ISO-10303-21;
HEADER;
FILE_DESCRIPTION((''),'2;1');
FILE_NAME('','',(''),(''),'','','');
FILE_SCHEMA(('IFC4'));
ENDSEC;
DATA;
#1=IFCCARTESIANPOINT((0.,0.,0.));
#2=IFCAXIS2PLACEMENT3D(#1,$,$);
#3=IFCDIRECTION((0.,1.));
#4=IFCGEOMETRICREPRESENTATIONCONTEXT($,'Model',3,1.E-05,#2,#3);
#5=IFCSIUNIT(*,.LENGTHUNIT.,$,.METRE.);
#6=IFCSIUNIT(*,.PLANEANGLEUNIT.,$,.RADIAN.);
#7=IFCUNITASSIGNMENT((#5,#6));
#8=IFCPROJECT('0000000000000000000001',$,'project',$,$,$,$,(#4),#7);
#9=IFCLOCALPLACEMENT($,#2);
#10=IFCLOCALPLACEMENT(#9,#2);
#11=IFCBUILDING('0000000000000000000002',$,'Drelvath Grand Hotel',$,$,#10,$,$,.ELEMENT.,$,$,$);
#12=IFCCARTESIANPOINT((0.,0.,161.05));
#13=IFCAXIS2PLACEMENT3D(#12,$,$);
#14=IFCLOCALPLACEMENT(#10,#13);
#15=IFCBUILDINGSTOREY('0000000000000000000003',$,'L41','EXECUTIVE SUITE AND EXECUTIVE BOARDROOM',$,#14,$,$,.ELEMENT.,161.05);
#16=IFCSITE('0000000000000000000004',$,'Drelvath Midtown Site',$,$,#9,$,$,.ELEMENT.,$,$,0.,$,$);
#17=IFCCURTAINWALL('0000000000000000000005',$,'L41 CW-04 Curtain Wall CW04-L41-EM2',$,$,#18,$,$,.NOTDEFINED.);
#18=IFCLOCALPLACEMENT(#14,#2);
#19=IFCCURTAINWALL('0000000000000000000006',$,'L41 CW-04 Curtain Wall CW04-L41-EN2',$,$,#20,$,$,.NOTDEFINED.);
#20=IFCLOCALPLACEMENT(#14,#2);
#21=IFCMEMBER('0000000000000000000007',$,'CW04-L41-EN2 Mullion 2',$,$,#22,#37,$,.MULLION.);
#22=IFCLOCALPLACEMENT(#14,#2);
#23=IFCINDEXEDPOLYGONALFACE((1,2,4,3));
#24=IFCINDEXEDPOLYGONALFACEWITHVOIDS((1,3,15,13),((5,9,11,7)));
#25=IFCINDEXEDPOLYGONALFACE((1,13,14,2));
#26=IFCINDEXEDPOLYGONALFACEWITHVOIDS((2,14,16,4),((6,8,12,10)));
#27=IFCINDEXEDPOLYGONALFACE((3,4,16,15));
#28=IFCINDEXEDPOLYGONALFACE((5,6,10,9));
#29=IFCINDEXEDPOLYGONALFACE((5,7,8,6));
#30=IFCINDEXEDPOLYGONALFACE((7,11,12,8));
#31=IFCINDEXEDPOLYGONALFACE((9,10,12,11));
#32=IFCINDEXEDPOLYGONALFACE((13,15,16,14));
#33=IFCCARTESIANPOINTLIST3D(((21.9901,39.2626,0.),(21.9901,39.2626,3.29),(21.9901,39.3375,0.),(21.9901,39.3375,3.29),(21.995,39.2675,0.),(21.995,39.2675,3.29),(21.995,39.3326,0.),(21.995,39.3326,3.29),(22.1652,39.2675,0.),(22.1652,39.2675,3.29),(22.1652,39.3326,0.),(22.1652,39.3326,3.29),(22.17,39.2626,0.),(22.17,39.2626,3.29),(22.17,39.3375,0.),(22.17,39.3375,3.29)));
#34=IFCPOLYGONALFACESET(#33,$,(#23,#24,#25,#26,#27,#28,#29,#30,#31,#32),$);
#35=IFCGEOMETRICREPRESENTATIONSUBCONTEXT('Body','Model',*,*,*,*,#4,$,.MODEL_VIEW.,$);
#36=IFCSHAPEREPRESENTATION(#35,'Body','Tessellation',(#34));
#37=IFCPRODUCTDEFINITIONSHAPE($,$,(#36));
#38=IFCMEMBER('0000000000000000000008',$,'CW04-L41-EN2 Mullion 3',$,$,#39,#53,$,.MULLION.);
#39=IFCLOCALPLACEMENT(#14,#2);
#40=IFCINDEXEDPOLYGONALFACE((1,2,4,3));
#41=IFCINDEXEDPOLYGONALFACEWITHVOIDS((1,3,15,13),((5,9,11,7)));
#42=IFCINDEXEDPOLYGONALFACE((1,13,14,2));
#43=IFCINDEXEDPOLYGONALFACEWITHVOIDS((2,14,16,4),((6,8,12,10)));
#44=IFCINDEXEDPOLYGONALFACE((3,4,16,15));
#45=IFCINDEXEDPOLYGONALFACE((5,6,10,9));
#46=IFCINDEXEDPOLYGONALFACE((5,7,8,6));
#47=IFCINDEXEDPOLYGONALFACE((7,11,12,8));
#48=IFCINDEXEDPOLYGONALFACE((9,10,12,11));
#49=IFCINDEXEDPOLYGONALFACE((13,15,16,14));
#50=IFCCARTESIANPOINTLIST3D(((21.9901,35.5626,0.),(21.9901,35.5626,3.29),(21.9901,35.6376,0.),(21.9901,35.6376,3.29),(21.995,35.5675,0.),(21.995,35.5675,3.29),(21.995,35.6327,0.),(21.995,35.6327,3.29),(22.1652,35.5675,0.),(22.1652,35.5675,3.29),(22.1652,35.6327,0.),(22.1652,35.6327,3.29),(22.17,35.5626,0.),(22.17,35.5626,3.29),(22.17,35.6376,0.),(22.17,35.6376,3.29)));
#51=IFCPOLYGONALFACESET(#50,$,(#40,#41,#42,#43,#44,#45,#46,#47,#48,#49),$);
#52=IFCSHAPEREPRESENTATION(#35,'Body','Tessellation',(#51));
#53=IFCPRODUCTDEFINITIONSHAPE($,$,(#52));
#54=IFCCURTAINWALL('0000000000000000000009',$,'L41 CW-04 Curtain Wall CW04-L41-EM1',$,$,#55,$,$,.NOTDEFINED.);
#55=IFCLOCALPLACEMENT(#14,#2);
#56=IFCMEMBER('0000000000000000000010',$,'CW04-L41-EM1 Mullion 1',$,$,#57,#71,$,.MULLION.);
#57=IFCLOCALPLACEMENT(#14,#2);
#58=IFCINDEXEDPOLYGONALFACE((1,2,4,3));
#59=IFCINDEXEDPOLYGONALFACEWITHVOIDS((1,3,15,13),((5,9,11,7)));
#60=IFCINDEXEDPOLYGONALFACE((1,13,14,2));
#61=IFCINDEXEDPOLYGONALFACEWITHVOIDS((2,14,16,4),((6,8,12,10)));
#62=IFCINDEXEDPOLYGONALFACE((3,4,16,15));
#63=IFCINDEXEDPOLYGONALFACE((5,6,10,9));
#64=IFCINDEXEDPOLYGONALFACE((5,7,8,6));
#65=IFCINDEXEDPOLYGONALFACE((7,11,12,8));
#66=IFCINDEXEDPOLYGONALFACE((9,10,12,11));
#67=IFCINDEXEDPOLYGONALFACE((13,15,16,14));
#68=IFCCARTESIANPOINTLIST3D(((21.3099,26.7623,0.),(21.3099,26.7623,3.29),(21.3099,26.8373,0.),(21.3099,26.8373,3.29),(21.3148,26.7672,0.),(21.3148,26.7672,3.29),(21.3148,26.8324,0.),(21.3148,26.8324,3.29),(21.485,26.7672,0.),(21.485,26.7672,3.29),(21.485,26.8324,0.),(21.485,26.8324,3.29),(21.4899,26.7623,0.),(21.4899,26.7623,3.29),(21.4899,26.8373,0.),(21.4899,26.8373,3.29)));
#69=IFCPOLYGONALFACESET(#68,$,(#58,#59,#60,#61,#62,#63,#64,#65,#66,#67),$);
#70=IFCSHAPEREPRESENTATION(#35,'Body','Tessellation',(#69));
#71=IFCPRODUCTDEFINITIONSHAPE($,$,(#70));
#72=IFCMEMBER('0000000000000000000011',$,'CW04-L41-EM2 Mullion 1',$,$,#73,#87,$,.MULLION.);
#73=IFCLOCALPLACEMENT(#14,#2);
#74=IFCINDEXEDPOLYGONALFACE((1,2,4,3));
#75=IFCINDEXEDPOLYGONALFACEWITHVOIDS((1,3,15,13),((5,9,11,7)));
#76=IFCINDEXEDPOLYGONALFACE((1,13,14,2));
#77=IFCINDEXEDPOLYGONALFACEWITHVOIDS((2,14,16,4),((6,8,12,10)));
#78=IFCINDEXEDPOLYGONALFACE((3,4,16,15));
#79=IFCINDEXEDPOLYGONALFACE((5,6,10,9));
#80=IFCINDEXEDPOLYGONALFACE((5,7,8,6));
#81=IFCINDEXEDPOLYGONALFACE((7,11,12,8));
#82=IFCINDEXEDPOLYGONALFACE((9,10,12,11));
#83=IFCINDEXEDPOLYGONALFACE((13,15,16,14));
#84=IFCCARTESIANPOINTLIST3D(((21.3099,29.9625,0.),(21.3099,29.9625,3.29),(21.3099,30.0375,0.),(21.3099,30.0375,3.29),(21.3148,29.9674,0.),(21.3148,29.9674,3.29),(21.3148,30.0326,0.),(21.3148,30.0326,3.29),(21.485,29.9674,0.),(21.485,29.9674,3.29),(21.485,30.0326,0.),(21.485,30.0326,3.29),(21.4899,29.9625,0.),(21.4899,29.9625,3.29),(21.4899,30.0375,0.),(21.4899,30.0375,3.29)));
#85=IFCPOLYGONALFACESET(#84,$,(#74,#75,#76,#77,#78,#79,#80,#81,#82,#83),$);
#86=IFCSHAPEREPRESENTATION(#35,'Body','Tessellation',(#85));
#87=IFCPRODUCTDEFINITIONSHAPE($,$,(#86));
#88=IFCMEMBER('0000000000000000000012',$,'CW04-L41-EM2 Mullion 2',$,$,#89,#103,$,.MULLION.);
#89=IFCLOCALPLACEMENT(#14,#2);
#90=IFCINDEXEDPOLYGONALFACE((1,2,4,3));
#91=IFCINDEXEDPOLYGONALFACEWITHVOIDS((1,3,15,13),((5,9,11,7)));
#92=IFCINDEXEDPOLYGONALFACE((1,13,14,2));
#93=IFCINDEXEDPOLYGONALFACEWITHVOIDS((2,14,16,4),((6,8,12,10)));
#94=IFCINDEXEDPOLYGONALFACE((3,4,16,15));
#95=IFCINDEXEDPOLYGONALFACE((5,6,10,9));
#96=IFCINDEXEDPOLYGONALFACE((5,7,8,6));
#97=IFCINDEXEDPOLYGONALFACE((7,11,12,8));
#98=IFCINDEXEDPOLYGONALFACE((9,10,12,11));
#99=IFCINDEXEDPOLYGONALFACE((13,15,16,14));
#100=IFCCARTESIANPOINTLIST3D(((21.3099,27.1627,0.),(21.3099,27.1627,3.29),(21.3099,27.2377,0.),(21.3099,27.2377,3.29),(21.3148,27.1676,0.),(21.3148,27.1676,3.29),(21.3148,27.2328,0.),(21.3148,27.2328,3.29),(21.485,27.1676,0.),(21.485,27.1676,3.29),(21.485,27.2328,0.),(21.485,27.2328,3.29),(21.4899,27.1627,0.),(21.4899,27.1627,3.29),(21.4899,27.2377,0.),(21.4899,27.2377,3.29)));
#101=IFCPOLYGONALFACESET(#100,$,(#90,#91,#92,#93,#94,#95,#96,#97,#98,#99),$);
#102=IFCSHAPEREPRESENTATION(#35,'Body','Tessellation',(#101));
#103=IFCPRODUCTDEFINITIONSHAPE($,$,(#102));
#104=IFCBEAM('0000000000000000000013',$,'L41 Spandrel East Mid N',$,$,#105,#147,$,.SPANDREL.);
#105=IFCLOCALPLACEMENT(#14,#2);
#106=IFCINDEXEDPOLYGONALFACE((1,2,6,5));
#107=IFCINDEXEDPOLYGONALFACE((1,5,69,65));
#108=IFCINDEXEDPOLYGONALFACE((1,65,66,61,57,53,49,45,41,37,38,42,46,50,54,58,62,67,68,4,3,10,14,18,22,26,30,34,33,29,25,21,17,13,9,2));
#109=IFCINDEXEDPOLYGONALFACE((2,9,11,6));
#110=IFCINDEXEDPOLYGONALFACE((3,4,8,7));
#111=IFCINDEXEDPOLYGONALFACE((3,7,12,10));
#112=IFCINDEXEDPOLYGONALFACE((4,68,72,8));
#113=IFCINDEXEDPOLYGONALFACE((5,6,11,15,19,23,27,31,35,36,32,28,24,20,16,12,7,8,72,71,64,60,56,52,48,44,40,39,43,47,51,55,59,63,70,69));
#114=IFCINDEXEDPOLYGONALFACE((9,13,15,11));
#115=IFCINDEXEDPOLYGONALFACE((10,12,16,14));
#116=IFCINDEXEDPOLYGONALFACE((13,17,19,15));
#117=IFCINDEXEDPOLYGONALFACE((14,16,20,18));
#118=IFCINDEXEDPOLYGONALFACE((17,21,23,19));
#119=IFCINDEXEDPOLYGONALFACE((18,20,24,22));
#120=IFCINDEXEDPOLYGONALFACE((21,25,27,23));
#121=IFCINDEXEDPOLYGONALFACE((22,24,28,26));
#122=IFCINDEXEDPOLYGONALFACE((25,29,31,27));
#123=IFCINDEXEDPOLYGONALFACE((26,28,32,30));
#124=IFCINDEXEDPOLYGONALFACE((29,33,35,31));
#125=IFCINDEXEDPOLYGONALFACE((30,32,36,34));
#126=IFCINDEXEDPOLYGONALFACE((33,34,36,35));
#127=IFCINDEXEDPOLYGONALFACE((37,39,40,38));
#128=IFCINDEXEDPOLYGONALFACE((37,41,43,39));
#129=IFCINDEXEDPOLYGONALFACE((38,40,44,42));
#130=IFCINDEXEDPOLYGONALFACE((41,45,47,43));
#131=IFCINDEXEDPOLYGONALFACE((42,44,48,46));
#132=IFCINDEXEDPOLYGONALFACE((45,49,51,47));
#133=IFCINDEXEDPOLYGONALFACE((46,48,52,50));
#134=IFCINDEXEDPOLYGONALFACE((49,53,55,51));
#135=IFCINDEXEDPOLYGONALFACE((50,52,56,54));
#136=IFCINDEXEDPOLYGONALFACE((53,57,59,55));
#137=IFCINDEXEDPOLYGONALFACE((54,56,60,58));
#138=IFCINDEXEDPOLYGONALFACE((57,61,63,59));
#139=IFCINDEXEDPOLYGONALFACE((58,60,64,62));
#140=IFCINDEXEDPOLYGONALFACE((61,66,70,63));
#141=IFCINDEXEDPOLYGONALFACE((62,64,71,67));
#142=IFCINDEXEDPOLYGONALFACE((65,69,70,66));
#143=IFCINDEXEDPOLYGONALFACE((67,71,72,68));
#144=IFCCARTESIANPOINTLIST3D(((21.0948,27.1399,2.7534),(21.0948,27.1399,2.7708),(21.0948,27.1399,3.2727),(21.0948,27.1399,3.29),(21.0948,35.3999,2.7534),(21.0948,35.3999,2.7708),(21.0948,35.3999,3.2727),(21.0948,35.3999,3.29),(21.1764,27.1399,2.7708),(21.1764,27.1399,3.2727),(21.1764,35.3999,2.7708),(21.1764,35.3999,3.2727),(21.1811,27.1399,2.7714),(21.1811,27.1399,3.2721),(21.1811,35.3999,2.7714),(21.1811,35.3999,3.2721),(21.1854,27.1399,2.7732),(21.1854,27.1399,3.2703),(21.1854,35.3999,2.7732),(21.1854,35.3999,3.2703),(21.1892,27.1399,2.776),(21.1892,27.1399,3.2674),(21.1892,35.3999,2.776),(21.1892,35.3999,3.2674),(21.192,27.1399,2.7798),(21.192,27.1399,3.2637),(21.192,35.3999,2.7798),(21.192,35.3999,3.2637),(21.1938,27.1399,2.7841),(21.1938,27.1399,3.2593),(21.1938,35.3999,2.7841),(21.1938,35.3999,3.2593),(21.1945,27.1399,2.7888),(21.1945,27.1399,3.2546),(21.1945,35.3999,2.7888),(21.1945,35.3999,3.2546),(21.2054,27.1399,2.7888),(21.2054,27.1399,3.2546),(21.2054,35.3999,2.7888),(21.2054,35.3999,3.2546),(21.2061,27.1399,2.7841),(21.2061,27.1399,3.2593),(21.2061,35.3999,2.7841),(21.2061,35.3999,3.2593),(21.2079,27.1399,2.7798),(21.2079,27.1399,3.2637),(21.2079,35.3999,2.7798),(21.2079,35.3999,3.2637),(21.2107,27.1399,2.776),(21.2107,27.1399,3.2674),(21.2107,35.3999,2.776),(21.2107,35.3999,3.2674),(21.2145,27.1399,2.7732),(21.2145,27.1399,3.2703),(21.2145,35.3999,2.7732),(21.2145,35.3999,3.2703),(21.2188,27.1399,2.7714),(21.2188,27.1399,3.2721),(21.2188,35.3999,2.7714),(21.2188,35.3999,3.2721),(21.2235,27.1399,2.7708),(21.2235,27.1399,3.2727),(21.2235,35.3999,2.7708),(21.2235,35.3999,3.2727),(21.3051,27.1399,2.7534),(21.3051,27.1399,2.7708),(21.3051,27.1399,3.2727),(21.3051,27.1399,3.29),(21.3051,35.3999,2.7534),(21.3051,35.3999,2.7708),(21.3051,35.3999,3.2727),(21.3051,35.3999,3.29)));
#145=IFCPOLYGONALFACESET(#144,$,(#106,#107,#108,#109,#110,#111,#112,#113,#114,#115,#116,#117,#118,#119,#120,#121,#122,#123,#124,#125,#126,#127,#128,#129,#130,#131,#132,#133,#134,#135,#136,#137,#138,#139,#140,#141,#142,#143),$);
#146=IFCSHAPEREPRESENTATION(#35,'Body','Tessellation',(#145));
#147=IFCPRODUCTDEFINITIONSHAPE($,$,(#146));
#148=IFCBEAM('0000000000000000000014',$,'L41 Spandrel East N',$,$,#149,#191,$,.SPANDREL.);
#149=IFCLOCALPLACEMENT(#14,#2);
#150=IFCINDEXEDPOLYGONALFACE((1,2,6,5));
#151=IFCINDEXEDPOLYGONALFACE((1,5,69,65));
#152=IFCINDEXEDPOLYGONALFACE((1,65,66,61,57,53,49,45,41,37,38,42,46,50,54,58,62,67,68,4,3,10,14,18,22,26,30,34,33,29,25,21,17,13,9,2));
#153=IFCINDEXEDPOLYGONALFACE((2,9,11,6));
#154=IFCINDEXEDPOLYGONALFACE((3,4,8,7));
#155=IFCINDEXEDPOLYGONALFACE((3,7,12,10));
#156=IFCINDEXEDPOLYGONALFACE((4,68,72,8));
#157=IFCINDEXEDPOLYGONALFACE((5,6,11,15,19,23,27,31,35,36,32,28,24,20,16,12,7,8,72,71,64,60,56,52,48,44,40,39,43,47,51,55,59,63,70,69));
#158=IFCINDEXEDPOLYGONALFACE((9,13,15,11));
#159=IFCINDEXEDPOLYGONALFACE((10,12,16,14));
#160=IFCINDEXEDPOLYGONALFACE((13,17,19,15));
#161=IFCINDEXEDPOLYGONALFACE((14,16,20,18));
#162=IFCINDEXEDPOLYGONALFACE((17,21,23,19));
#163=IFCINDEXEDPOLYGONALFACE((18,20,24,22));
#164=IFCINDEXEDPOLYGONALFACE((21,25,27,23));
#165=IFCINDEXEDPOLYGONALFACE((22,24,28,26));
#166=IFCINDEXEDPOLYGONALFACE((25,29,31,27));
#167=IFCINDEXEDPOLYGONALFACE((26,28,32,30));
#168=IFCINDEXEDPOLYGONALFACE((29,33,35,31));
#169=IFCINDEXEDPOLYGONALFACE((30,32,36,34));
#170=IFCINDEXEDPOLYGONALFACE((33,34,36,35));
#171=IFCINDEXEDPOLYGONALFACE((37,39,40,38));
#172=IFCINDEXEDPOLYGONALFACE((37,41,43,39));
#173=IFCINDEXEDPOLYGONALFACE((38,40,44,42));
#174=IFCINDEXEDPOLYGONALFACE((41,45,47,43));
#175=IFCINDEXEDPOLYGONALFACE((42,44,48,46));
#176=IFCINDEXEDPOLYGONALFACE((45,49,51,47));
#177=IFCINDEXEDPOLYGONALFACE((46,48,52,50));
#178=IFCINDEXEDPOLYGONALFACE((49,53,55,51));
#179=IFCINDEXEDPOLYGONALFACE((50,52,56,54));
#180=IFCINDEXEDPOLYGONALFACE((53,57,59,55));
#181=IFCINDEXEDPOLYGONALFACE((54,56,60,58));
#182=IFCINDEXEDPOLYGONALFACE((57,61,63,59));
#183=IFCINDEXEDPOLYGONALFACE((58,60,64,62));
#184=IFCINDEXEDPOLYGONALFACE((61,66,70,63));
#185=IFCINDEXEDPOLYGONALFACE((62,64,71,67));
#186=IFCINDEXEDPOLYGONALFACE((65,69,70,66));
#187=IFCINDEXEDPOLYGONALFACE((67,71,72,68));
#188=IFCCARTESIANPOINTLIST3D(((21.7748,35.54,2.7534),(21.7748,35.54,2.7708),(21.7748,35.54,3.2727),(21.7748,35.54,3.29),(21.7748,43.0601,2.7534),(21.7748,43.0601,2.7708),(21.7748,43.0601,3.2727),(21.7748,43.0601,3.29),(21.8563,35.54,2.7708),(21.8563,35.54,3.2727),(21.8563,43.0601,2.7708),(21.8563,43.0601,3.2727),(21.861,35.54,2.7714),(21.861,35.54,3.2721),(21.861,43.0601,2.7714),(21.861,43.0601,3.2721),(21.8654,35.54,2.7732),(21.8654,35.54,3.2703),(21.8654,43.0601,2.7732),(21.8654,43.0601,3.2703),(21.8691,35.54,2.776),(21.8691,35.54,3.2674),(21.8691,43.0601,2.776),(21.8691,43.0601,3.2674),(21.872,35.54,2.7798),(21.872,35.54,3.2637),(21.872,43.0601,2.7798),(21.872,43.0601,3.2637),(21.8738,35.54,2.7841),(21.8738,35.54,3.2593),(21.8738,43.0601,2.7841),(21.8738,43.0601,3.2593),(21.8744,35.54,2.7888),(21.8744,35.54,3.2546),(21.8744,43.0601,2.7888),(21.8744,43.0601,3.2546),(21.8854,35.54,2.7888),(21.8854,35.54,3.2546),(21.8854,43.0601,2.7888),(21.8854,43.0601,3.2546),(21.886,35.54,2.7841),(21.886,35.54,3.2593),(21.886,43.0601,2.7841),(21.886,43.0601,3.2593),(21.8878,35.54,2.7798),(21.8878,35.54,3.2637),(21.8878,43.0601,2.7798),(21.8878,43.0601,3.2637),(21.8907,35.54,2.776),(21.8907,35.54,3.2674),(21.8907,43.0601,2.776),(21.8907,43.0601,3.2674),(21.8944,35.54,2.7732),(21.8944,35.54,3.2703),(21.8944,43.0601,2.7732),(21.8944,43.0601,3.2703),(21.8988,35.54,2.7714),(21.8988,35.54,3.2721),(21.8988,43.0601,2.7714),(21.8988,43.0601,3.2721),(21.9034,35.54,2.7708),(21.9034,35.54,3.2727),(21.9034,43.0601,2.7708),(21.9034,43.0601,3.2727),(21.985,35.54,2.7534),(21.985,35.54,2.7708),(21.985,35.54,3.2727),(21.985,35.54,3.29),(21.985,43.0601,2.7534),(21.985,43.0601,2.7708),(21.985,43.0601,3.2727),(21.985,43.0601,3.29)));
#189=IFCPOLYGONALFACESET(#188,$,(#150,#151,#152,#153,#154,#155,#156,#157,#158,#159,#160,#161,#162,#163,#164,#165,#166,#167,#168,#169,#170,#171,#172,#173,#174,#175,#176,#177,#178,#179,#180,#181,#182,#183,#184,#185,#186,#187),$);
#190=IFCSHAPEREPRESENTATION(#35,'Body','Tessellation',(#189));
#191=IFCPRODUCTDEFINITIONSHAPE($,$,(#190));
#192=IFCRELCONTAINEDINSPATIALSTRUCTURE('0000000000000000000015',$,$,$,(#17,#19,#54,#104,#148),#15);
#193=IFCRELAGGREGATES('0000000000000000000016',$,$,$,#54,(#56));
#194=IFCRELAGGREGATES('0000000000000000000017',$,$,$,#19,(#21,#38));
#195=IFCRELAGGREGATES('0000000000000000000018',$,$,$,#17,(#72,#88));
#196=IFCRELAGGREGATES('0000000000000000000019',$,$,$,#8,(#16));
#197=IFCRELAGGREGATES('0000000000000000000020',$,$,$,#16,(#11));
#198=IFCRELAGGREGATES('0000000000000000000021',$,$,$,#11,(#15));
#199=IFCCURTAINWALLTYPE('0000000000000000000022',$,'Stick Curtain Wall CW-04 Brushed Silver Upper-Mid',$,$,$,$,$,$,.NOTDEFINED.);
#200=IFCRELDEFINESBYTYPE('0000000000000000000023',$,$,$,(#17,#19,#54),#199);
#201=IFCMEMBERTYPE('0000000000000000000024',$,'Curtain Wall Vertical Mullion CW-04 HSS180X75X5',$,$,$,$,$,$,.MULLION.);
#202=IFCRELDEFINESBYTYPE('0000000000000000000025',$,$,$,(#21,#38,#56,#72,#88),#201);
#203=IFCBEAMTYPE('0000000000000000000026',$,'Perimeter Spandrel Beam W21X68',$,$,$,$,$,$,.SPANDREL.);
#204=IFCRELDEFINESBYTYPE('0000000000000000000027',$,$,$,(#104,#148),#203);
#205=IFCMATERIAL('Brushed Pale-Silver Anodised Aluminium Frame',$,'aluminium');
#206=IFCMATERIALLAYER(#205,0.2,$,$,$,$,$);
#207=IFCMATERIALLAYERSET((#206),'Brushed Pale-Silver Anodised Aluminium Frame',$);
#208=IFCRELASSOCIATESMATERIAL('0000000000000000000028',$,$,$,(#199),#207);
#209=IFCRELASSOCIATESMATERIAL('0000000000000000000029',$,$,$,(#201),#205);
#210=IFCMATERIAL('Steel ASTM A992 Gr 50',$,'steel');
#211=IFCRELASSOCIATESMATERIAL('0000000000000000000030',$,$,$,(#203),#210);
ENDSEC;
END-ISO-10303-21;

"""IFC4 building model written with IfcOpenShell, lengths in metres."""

from ifc_helpers import new_model, si_unit, direction, frame, origin, origin_2d, place, context, subcontext, project, spatial, hollow_rectangle, i_section, extrude, material, layer, layer_set, material_profile, profile_set, type_object, element, aggregate, save


model = new_model("IFC4")

# Units and contexts
model_context = context("Model", 3, precision=1e-05, world=origin(), true_north=direction((0.0, 1.0)))
body_context = subcontext(model_context, "Body", "Model", "MODEL_VIEW")
ifc_project = project(units=[si_unit("LENGTHUNIT", "METRE"), si_unit("PLANEANGLEUNIT", "RADIAN")], contexts=[model_context])

# Site, building, storey
site_placement = place(None, origin())
site = spatial("IfcSite", under=ifc_project, at=site_placement, Name="Drelvath Midtown Site", CompositionType="ELEMENT", RefElevation=0.0)
building_placement = place(site_placement, origin())
building = spatial("IfcBuilding", under=site, at=building_placement, Name="Drelvath Grand Hotel", CompositionType="ELEMENT")
storey_placement = place(building_placement, frame((0.0, 0.0, 161.05)))
storey = spatial("IfcBuildingStorey", under=building, at=storey_placement, Name="L41", Description="EXECUTIVE SUITE AND EXECUTIVE BOARDROOM", CompositionType="ELEMENT", Elevation=161.05)

# Curtain wall
ifc_material_1 = material(Name="Brushed Pale-Silver Anodised Aluminium Frame", Category="aluminium")
ifc_layer_1 = layer(ifc_material_1, 0.2)
ifc_layer_set_1 = layer_set([ifc_layer_1], Name="Brushed Pale-Silver Anodised Aluminium Frame")
curtain_wall_type = type_object("IfcCurtainWallType", Name="Stick Curtain Wall CW-04 Brushed Silver Upper-Mid", PredefinedType="NOTDEFINED", material=ifc_layer_set_1)
curtain_wall_1_placement = place(storey_placement, origin())
curtain_wall_1 = element("IfcCurtainWall", 1, at=curtain_wall_1_placement, inside=storey, type_object=curtain_wall_type, Name="L41 CW-04 Curtain Wall CW04-L41-EM2", PredefinedType="NOTDEFINED")

# Shared definitions
ifc_material_profile_1 = material_profile(ifc_material_1, hollow_rectangle(XDim=0.075, YDim=0.1799, WallThickness=0.0049, at=origin_2d()), Name="HSS180X75X5")
ifc_profile_set_1 = profile_set([ifc_material_profile_1], Name="Brushed Pale-Silver Anodised Aluminium Frame")
member_type_1 = type_object("IfcMemberType", Name="Curtain Wall Vertical Mullion CW-04 HSS180X75X5", PredefinedType="MULLION", material=ifc_profile_set_1)

# Curtain wall, members
curtain_wall_2_placement = place(storey_placement, origin())
curtain_wall_2 = element("IfcCurtainWall", 2, at=curtain_wall_2_placement, inside=storey, type_object=curtain_wall_type, Name="L41 CW-04 Curtain Wall CW04-L41-EN2", PredefinedType="NOTDEFINED")
member_1_placement = place(storey_placement, frame((22.0801, 39.3, 0.0), z_axis=(0.0, 0.0, 1.0), x_axis=(0.0, 1.0, 0.0)))
member_1 = element("IfcMember", 3, at=member_1_placement, type_object=member_type_1, Name="CW04-L41-EN2 Mullion 2", PredefinedType="MULLION", context=body_context, shape_type="SweptSolid", body=[
    extrude(hollow_rectangle(XDim=0.075, YDim=0.1799, WallThickness=0.0049, at=origin_2d()), origin(), (0.0, 0.0, 1.0), 3.29),
])
member_2_placement = place(storey_placement, frame((22.0801, 35.6001, 0.0), z_axis=(0.0, 0.0, 1.0), x_axis=(0.0, 1.0, 0.0)))
member_2 = element("IfcMember", 4, at=member_2_placement, type_object=member_type_1, Name="CW04-L41-EN2 Mullion 3", PredefinedType="MULLION", context=body_context, shape_type="SweptSolid", body=[
    extrude(hollow_rectangle(XDim=0.075, YDim=0.1799, WallThickness=0.0049, at=origin_2d()), origin(), (0.0, 0.0, 1.0), 3.29),
])

# Curtain wall, member
curtain_wall_3_placement = place(storey_placement, origin())
curtain_wall_3 = element("IfcCurtainWall", 5, at=curtain_wall_3_placement, inside=storey, type_object=curtain_wall_type, Name="L41 CW-04 Curtain Wall CW04-L41-EM1", PredefinedType="NOTDEFINED")
member_3_placement = place(storey_placement, frame((21.3999, 26.7998, 0.0), z_axis=(0.0, 0.0, 1.0), x_axis=(0.0, 1.0, 0.0)))
member_3 = element("IfcMember", 6, at=member_3_placement, type_object=member_type_1, Name="CW04-L41-EM1 Mullion 1", PredefinedType="MULLION", context=body_context, shape_type="SweptSolid", body=[
    extrude(hollow_rectangle(XDim=0.075, YDim=0.1799, WallThickness=0.0049, at=origin_2d()), origin(), (0.0, 0.0, 1.0), 3.29),
])
aggregate(curtain_wall_3, [member_3])

# Members
member_4_placement = place(storey_placement, frame((21.3999, 30.0, 0.0), z_axis=(0.0, 0.0, 1.0), x_axis=(0.0, 1.0, 0.0)))
member_4 = element("IfcMember", 7, at=member_4_placement, type_object=member_type_1, Name="CW04-L41-EM2 Mullion 1", PredefinedType="MULLION", context=body_context, shape_type="SweptSolid", body=[
    extrude(hollow_rectangle(XDim=0.075, YDim=0.1799, WallThickness=0.0049, at=origin_2d()), origin(), (0.0, 0.0, 1.0), 3.29),
])
member_5_placement = place(storey_placement, frame((21.3999, 27.2002, 0.0), z_axis=(0.0, 0.0, 1.0), x_axis=(0.0, 1.0, 0.0)))
member_5 = element("IfcMember", 8, at=member_5_placement, type_object=member_type_1, Name="CW04-L41-EM2 Mullion 2", PredefinedType="MULLION", context=body_context, shape_type="SweptSolid", body=[
    extrude(hollow_rectangle(XDim=0.075, YDim=0.1799, WallThickness=0.0049, at=origin_2d()), origin(), (0.0, 0.0, 1.0), 3.29),
])

# Beams
ifc_material_2 = material(Name="Steel ASTM A992 Gr 50", Category="steel")
ifc_material_profile_2 = material_profile(ifc_material_2, i_section(OverallWidth=0.2102, OverallDepth=0.5366, WebThickness=0.011, FlangeThickness=0.0173, FilletRadius=0.0181, at=origin_2d()), Name="W21X68")
ifc_profile_set_2 = profile_set([ifc_material_profile_2], Name="Steel ASTM A992 Gr 50")
beam_type_1 = type_object("IfcBeamType", Name="Perimeter Spandrel Beam W21X68", PredefinedType="SPANDREL", material=ifc_profile_set_2)
beam_1_placement = place(storey_placement, frame((21.2, 27.1399, 3.0217), z_axis=(0.0, 1.0, 0.0), x_axis=(-1.0, 0.0, 0.0)))
element("IfcBeam", 9, at=beam_1_placement, inside=storey, type_object=beam_type_1, Name="L41 Spandrel East Mid N", PredefinedType="SPANDREL", context=body_context, shape_type="SweptSolid", body=[
    extrude(i_section(OverallWidth=0.2102, OverallDepth=0.5366, WebThickness=0.011, FlangeThickness=0.0173, FilletRadius=0.0181, at=origin_2d()), origin(), (0.0, 0.0, 1.0), 8.26),
])
beam_2_placement = place(storey_placement, frame((21.8799, 35.54, 3.0217), z_axis=(0.0, 1.0, 0.0), x_axis=(-1.0, 0.0, 0.0)))
element("IfcBeam", 10, at=beam_2_placement, inside=storey, type_object=beam_type_1, Name="L41 Spandrel East N", PredefinedType="SPANDREL", context=body_context, shape_type="SweptSolid", body=[
    extrude(i_section(OverallWidth=0.2102, OverallDepth=0.5366, WebThickness=0.011, FlangeThickness=0.0173, FilletRadius=0.0181, at=origin_2d()), origin(), (0.0, 0.0, 1.0), 7.52),
])

aggregate(curtain_wall_2, [member_1, member_2])
aggregate(curtain_wall_1, [member_4, member_5])

save(model, "model.ifc")
